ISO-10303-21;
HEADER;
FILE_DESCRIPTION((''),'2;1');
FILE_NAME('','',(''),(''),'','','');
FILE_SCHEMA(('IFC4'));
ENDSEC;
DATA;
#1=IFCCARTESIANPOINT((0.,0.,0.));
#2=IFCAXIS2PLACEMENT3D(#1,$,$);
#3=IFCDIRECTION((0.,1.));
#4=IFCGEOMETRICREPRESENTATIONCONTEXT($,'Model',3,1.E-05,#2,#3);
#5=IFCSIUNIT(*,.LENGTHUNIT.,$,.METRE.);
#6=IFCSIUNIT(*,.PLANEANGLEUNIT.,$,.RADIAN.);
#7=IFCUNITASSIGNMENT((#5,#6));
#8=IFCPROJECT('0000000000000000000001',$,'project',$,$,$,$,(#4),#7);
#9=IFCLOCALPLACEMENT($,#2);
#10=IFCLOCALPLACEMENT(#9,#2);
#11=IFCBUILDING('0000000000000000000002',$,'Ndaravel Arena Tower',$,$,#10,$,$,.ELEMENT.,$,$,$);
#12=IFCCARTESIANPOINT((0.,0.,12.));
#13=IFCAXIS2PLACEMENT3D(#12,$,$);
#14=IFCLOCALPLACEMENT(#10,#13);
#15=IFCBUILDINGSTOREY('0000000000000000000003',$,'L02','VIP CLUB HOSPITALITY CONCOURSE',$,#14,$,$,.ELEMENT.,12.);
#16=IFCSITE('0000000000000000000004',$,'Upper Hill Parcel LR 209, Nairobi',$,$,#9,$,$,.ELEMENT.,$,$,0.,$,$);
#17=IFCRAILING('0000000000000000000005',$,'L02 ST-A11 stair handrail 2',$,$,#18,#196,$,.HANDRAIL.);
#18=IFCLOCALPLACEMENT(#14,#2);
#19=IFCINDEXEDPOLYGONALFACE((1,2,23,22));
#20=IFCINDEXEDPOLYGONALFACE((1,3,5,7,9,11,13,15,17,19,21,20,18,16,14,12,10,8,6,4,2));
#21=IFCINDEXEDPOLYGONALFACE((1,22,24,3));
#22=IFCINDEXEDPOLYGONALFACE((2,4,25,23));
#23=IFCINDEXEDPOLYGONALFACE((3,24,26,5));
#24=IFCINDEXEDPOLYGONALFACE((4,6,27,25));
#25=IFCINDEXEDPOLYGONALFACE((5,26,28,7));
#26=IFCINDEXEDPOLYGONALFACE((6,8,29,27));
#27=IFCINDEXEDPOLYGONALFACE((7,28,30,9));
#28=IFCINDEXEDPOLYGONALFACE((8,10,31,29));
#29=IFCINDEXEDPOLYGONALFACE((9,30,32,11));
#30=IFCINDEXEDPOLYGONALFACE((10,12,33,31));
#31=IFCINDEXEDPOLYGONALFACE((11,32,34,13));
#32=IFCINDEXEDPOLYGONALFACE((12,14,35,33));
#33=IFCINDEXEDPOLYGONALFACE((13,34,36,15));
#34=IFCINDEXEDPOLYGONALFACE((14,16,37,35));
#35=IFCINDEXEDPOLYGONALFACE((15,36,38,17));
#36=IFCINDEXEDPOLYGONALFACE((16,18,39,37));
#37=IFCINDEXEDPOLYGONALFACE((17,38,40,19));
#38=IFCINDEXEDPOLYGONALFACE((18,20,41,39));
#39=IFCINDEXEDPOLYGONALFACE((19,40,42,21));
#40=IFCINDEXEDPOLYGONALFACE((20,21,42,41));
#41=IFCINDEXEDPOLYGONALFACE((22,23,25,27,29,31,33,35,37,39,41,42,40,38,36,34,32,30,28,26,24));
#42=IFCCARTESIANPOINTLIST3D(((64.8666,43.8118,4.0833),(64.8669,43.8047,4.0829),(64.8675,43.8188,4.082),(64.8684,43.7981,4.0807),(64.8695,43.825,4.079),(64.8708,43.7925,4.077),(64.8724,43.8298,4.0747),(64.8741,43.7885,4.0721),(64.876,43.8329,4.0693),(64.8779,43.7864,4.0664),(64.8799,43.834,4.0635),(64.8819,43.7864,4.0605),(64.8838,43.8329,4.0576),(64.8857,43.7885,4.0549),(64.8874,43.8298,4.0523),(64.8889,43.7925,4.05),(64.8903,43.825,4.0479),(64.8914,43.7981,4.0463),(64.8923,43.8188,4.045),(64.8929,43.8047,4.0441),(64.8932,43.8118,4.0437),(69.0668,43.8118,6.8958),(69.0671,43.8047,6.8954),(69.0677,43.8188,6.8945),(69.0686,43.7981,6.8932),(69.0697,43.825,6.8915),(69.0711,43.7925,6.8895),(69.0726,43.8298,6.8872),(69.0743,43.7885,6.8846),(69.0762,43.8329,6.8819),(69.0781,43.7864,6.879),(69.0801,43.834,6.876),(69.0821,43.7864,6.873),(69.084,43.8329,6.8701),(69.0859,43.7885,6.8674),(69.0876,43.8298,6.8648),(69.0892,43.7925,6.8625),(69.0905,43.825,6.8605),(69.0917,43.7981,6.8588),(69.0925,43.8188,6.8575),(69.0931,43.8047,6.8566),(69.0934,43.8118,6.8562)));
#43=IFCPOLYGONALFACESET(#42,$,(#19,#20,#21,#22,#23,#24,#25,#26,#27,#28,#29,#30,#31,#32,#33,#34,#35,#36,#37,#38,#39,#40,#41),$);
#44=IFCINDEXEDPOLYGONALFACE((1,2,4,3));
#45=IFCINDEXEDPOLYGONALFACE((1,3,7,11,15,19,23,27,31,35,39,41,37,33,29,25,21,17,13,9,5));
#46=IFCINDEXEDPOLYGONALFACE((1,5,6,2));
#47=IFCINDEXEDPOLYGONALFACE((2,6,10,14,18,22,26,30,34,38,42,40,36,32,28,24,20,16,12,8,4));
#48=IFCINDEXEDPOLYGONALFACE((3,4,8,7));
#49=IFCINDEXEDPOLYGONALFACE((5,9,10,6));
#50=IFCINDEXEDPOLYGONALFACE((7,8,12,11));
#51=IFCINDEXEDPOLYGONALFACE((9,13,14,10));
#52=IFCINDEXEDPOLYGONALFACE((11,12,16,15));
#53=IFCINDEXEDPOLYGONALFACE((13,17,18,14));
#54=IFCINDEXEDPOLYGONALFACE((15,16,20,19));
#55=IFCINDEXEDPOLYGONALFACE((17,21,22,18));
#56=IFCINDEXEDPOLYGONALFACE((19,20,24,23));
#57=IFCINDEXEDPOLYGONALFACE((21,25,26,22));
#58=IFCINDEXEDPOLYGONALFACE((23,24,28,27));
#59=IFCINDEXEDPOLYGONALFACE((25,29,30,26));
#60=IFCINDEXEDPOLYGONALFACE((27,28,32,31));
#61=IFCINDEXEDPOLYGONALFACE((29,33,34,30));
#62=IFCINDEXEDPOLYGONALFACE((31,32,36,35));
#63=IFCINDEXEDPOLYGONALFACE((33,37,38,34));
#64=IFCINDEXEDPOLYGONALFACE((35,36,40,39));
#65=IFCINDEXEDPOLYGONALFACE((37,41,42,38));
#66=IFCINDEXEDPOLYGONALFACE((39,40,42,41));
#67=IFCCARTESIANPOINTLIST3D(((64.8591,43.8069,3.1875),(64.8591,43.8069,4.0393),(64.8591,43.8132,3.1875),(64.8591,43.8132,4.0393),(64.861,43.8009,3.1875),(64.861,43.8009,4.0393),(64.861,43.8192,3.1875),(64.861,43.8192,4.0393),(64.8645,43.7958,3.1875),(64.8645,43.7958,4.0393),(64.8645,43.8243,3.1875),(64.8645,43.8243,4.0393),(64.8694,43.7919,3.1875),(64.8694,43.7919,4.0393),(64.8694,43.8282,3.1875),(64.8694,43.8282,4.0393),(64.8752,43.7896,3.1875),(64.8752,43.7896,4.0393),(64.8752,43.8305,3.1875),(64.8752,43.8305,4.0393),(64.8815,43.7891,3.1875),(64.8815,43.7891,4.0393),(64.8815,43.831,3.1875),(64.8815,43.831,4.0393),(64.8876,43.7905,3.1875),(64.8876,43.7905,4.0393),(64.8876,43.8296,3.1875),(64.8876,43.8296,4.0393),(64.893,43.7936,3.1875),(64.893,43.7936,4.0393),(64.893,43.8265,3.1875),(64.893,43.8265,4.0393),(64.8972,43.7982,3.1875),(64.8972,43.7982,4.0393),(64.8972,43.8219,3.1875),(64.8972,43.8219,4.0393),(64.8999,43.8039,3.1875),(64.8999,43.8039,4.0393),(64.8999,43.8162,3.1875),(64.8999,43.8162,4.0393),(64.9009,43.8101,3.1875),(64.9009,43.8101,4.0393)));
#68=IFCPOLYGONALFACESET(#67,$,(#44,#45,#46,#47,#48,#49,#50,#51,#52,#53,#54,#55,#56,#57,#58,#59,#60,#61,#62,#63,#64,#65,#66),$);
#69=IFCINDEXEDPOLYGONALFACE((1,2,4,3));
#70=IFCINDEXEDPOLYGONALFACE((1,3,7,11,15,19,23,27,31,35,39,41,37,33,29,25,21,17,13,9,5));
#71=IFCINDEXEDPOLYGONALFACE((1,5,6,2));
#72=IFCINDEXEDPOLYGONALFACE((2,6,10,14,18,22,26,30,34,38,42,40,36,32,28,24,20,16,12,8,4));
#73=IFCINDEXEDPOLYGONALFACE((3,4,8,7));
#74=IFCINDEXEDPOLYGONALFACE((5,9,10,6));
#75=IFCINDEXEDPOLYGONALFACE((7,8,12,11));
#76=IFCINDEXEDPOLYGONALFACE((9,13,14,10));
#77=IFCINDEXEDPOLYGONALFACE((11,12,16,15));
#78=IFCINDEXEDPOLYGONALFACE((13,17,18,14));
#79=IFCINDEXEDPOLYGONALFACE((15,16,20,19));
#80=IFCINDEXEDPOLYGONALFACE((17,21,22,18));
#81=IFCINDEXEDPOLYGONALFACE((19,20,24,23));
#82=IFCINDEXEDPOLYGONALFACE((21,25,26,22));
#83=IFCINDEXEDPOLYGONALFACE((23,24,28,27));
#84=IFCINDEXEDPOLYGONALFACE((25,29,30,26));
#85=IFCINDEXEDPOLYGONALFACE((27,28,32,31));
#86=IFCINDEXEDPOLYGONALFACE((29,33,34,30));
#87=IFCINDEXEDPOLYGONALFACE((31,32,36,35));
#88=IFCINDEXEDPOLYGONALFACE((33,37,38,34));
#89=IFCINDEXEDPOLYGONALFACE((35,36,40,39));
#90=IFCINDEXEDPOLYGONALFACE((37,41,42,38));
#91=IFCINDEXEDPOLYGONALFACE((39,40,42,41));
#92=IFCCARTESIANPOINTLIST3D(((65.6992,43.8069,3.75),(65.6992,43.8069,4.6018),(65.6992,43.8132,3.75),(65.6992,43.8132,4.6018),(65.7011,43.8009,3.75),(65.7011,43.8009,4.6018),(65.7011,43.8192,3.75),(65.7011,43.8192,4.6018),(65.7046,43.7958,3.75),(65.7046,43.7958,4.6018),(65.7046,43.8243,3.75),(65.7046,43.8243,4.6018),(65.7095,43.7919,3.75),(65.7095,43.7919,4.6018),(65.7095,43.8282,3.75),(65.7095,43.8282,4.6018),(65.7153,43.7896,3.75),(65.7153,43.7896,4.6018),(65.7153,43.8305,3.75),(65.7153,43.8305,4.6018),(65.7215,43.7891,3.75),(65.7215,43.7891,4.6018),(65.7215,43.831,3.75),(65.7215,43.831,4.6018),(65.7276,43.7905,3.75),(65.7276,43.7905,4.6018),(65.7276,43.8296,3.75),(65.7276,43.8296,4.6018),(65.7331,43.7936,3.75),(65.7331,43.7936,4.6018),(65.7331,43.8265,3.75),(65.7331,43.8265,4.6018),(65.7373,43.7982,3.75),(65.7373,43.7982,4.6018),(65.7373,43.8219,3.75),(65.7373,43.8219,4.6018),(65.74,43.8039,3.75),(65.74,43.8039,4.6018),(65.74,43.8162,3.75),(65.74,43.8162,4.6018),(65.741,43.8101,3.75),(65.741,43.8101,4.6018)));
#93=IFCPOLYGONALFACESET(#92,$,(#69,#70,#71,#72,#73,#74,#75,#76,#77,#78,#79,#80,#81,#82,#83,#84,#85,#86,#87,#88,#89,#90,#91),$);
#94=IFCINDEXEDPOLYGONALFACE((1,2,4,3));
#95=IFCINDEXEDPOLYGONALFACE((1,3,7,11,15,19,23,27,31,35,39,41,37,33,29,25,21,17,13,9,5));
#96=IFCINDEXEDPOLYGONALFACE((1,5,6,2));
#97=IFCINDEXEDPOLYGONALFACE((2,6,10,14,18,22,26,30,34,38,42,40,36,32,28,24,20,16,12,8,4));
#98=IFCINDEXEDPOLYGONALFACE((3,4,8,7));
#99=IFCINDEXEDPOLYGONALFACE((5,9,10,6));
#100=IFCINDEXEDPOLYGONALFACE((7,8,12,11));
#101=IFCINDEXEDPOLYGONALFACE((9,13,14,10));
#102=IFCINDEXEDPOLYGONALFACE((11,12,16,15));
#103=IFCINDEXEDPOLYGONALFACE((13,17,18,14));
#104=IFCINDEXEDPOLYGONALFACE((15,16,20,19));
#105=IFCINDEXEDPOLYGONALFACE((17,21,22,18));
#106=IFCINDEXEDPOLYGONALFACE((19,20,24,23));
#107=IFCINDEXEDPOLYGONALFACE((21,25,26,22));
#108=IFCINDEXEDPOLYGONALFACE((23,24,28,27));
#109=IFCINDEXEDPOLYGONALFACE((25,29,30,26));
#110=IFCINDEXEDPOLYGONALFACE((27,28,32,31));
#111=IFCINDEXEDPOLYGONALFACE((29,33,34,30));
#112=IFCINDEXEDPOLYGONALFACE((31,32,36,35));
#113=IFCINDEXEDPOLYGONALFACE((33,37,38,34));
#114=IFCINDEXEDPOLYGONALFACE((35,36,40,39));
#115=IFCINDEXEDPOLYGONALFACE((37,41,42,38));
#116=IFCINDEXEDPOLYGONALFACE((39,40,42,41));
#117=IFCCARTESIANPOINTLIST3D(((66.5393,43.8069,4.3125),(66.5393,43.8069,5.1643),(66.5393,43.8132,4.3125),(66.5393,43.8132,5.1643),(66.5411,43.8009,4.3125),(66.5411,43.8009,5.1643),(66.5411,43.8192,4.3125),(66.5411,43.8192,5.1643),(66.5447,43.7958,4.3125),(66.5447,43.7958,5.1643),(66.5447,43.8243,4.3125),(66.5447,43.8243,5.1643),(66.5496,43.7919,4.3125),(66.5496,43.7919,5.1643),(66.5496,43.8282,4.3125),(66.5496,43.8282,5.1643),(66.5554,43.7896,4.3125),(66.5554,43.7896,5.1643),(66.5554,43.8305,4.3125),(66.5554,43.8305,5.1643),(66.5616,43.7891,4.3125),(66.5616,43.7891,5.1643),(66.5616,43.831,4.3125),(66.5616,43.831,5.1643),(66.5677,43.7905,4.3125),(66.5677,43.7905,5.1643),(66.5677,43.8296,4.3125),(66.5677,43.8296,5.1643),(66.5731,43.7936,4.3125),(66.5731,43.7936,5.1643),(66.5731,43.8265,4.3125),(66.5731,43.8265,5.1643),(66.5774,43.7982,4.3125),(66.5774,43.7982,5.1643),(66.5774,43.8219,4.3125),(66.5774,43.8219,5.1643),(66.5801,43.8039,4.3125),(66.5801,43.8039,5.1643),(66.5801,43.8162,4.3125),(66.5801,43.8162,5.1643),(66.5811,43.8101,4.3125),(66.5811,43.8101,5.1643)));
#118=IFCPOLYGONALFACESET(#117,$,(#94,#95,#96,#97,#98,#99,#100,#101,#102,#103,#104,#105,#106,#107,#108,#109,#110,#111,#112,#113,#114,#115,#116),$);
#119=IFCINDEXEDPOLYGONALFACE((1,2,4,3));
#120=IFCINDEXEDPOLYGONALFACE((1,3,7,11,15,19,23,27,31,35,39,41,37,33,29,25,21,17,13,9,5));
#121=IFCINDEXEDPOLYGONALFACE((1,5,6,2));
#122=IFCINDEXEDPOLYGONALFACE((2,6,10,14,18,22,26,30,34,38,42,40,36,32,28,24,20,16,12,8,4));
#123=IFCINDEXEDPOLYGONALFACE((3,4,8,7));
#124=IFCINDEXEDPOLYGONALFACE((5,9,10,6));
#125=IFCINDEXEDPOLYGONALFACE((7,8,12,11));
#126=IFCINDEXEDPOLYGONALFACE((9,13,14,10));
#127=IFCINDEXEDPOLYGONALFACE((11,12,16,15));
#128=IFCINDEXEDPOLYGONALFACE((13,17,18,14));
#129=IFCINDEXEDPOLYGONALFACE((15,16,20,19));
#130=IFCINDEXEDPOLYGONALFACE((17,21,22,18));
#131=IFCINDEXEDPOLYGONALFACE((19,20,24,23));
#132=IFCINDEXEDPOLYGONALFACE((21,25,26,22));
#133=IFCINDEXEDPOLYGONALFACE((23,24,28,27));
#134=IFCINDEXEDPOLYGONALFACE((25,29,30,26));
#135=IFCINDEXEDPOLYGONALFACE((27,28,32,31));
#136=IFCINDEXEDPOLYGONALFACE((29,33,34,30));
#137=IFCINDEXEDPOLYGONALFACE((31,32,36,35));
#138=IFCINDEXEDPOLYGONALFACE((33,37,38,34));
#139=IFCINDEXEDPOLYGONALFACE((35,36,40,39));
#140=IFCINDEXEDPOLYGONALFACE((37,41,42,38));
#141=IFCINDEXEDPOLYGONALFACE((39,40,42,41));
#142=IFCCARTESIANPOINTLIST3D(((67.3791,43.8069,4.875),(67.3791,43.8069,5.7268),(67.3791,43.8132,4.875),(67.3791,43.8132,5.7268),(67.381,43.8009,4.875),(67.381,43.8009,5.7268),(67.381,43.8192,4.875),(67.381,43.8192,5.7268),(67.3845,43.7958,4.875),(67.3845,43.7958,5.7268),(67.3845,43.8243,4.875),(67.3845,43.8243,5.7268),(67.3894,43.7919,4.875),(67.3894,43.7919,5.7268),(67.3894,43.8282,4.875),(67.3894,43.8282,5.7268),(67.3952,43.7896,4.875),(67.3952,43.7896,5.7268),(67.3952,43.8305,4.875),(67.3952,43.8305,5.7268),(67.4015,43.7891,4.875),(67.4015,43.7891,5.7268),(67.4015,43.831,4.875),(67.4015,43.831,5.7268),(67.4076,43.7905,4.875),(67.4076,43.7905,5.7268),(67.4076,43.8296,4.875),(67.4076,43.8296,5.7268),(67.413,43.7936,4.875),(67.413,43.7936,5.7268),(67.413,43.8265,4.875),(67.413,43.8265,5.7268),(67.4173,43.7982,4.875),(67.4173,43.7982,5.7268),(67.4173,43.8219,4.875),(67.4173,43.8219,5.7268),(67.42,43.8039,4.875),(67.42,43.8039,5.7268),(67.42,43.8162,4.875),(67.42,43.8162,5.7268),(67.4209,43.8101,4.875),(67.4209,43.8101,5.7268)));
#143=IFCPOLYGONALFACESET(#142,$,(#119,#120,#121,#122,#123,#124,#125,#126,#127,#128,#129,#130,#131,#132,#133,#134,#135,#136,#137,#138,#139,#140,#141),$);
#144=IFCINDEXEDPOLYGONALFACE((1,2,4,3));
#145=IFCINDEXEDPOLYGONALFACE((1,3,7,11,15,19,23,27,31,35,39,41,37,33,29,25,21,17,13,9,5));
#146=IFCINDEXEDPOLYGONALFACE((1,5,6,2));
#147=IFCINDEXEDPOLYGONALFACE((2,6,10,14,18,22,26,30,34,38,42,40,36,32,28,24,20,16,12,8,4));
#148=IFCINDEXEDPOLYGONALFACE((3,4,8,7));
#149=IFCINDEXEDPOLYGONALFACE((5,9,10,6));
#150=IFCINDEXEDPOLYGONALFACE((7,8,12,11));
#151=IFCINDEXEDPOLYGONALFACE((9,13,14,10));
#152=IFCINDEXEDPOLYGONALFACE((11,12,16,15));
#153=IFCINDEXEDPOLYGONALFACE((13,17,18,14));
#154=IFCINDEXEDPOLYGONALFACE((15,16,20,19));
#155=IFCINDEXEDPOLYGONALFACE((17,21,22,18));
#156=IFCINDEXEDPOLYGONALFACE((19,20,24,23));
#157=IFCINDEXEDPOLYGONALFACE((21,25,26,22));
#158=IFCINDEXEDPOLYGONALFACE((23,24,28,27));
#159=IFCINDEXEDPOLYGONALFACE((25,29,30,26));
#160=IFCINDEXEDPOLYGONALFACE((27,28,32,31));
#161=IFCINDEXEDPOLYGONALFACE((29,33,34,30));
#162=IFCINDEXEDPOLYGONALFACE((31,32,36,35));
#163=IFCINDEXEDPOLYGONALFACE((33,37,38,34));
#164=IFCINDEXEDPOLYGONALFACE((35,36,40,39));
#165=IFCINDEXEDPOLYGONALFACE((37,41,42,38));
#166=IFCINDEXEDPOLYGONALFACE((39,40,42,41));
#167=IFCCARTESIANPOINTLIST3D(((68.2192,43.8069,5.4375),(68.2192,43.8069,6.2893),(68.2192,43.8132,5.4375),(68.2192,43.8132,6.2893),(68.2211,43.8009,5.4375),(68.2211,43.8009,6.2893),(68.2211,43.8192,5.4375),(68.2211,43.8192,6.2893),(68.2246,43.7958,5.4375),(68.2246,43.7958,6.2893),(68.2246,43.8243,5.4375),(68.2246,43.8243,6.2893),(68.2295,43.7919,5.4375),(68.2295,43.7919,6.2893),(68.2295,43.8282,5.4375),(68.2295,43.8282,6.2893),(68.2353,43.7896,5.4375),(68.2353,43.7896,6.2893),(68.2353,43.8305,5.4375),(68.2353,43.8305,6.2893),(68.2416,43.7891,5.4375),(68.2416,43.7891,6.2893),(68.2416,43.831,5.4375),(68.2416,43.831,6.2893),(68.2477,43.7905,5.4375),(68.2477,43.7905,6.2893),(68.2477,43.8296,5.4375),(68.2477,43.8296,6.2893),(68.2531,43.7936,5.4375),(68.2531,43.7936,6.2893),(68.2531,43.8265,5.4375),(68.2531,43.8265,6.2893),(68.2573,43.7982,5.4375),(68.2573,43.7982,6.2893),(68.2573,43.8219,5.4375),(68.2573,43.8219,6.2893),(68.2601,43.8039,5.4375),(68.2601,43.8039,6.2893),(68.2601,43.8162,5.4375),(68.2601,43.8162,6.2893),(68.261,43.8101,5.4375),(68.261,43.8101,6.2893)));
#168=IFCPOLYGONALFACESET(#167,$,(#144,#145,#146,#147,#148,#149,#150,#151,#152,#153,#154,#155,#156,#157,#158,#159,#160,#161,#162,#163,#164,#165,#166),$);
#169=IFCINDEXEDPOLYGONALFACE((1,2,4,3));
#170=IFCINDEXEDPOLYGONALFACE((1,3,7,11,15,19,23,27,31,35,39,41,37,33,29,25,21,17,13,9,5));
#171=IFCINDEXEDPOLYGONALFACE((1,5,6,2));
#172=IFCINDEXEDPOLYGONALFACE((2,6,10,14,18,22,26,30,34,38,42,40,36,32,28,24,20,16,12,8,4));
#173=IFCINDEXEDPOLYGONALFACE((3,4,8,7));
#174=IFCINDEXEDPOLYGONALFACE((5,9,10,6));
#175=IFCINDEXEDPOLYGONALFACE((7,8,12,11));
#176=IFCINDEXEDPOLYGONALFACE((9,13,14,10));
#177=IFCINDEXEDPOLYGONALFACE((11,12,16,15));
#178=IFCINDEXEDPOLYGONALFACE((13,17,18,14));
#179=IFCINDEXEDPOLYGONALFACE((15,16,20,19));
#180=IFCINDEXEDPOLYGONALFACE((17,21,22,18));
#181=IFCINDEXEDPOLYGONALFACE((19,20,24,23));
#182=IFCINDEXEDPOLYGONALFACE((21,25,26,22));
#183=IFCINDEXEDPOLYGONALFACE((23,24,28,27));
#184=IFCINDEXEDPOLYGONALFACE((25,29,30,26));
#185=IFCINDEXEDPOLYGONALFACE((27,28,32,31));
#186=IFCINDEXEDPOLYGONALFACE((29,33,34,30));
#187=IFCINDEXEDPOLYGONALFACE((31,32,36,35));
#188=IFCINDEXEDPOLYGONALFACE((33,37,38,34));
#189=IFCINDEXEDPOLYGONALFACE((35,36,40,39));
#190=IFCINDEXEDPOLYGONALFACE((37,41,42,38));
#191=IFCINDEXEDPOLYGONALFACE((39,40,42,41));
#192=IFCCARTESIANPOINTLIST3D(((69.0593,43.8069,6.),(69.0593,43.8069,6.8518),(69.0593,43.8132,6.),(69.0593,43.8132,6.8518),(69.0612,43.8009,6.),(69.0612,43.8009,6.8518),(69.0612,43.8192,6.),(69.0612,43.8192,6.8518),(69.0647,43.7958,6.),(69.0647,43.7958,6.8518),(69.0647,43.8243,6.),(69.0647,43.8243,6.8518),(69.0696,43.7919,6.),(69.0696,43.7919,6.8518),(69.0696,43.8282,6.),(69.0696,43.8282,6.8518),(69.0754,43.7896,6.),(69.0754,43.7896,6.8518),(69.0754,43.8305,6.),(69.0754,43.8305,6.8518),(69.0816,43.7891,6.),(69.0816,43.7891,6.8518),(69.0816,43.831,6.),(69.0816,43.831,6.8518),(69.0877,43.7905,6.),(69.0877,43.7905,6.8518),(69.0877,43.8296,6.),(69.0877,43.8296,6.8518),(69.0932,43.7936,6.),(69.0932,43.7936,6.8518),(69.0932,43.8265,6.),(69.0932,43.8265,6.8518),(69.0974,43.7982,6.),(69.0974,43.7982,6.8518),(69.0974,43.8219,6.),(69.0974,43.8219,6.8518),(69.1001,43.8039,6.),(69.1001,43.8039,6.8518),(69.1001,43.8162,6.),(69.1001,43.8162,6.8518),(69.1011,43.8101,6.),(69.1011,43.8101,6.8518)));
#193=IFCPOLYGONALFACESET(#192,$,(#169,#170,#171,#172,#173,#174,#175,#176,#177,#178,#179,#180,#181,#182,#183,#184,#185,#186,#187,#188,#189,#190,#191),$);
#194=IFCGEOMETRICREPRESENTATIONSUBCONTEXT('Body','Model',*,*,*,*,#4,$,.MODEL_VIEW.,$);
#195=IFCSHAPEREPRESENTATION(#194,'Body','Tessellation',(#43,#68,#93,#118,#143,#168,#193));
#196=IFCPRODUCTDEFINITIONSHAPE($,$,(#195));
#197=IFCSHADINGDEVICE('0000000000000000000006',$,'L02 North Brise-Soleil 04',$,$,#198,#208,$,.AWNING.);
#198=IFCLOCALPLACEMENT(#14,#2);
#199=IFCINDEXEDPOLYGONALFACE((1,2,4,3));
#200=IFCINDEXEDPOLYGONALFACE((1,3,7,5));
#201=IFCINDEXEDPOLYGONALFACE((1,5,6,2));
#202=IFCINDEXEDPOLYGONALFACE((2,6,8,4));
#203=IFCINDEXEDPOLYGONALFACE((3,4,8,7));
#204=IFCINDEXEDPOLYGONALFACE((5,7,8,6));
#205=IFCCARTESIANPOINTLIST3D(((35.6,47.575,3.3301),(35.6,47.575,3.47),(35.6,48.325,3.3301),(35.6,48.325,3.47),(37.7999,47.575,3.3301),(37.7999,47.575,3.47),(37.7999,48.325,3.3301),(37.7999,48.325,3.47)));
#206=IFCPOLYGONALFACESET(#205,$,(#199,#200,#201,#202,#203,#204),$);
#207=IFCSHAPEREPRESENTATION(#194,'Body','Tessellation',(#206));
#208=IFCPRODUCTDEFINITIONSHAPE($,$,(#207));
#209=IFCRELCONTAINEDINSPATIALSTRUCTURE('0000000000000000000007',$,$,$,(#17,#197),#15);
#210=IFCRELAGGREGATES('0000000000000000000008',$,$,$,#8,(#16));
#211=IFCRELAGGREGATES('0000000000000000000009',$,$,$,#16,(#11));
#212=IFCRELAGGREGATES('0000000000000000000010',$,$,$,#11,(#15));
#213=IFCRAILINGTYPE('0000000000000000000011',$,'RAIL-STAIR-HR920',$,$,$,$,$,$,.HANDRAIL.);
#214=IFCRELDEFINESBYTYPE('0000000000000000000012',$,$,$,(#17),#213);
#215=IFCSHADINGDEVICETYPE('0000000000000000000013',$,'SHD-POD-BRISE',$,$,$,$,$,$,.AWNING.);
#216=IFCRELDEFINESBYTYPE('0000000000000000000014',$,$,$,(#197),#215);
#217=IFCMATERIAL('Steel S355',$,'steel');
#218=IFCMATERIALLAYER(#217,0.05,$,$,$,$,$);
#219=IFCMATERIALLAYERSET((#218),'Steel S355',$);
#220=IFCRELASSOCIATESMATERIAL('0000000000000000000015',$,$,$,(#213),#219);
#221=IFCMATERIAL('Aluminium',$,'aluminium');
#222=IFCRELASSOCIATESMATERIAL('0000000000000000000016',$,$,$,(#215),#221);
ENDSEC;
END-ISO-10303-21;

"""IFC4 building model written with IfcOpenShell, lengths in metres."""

from ifc_helpers import new_model, si_unit, direction, frame, origin, origin_2d, place, context, subcontext, project, spatial, rectangle, circle, extrude, material, layer, layer_set, type_object, element, save


model = new_model("IFC4")

# Units and contexts
model_context = context("Model", 3, precision=1e-05, world=origin(), true_north=direction((0.0, 1.0)))
body_context = subcontext(model_context, "Body", "Model", "MODEL_VIEW")
ifc_project = project(units=[si_unit("LENGTHUNIT", "METRE"), si_unit("PLANEANGLEUNIT", "RADIAN")], contexts=[model_context])

# Site, building, storey
site_placement = place(None, origin())
site = spatial("IfcSite", under=ifc_project, at=site_placement, Name="Upper Hill Parcel LR 209, Nairobi", CompositionType="ELEMENT", RefElevation=0.0)
building_placement = place(site_placement, origin())
building = spatial("IfcBuilding", under=site, at=building_placement, Name="Ndaravel Arena Tower", CompositionType="ELEMENT")
storey_placement = place(building_placement, frame((0.0, 0.0, 12.0)))
storey = spatial("IfcBuildingStorey", under=building, at=storey_placement, Name="L02", Description="VIP CLUB HOSPITALITY CONCOURSE", CompositionType="ELEMENT", Elevation=12.0)

# Railing
ifc_material_1 = material(Name="Steel S355", Category="steel")
ifc_layer_1 = layer(ifc_material_1, 0.05)
ifc_layer_set_1 = layer_set([ifc_layer_1], Name="Steel S355")
railing_type_1 = type_object("IfcRailingType", Name="RAIL-STAIR-HR920", PredefinedType="HANDRAIL", material=ifc_layer_set_1)
railing_1_placement = place(storey_placement, frame((64.8799, 43.8101, 3.1875)))
element("IfcRailing", 1, at=railing_1_placement, inside=storey, type_object=railing_type_1, Name="L02 ST-A11 stair handrail 2", PredefinedType="HANDRAIL", context=body_context, shape_type="SweptSolid", body=[
    extrude(circle(Radius=0.0239, at=origin_2d()), frame((0.0, 0.0, 0.876), z_axis=(0.830919, 0.0, 0.556393), x_axis=(0.0, 1.0, 0.0)), (0.0, 0.0, 1.0), 5.0549),
    extrude(circle(Radius=0.021, at=origin_2d()), origin(), (0.0, 0.0, 1.0), 0.8518),
    extrude(circle(Radius=0.021, at=origin_2d()), frame((0.8401, 0.0, 0.5625)), (0.0, 0.0, 1.0), 0.8518),
    extrude(circle(Radius=0.021, at=origin_2d()), frame((1.6802, 0.0, 1.125)), (0.0, 0.0, 1.0), 0.8518),
    extrude(circle(Radius=0.021, at=origin_2d()), frame((2.52, 0.0, 1.6875)), (0.0, 0.0, 1.0), 0.8518),
    extrude(circle(Radius=0.021, at=origin_2d()), frame((3.3601, 0.0, 2.25)), (0.0, 0.0, 1.0), 0.8518),
    extrude(circle(Radius=0.021, at=origin_2d()), frame((4.2002, 0.0, 2.8125)), (0.0, 0.0, 1.0), 0.8518),
])

# Shading device
ifc_material_2 = material(Name="Aluminium", Category="aluminium")
shading_device_type = type_object("IfcShadingDeviceType", Name="SHD-POD-BRISE", PredefinedType="AWNING", material=ifc_material_2)
for number, where, z_axis, x_axis, name in (
    (2, (36.7, 47.95, 3.3301), (0.0, 0.0, 1.0), (1.0, 0.0, 0.0), "L02 North Brise-Soleil 04"),
):
    element("IfcShadingDevice", number, at=place(storey_placement, frame(where, z_axis=z_axis, x_axis=x_axis)), inside=storey, type_object=shading_device_type, Name=name, PredefinedType="AWNING", context=body_context, shape_type="SweptSolid", body=[
        extrude(rectangle(XDim=2.2, YDim=0.75, at=origin_2d()), origin(), (0.0, 0.0, 1.0), 0.1399),
    ])

save(model, "model.ifc")
